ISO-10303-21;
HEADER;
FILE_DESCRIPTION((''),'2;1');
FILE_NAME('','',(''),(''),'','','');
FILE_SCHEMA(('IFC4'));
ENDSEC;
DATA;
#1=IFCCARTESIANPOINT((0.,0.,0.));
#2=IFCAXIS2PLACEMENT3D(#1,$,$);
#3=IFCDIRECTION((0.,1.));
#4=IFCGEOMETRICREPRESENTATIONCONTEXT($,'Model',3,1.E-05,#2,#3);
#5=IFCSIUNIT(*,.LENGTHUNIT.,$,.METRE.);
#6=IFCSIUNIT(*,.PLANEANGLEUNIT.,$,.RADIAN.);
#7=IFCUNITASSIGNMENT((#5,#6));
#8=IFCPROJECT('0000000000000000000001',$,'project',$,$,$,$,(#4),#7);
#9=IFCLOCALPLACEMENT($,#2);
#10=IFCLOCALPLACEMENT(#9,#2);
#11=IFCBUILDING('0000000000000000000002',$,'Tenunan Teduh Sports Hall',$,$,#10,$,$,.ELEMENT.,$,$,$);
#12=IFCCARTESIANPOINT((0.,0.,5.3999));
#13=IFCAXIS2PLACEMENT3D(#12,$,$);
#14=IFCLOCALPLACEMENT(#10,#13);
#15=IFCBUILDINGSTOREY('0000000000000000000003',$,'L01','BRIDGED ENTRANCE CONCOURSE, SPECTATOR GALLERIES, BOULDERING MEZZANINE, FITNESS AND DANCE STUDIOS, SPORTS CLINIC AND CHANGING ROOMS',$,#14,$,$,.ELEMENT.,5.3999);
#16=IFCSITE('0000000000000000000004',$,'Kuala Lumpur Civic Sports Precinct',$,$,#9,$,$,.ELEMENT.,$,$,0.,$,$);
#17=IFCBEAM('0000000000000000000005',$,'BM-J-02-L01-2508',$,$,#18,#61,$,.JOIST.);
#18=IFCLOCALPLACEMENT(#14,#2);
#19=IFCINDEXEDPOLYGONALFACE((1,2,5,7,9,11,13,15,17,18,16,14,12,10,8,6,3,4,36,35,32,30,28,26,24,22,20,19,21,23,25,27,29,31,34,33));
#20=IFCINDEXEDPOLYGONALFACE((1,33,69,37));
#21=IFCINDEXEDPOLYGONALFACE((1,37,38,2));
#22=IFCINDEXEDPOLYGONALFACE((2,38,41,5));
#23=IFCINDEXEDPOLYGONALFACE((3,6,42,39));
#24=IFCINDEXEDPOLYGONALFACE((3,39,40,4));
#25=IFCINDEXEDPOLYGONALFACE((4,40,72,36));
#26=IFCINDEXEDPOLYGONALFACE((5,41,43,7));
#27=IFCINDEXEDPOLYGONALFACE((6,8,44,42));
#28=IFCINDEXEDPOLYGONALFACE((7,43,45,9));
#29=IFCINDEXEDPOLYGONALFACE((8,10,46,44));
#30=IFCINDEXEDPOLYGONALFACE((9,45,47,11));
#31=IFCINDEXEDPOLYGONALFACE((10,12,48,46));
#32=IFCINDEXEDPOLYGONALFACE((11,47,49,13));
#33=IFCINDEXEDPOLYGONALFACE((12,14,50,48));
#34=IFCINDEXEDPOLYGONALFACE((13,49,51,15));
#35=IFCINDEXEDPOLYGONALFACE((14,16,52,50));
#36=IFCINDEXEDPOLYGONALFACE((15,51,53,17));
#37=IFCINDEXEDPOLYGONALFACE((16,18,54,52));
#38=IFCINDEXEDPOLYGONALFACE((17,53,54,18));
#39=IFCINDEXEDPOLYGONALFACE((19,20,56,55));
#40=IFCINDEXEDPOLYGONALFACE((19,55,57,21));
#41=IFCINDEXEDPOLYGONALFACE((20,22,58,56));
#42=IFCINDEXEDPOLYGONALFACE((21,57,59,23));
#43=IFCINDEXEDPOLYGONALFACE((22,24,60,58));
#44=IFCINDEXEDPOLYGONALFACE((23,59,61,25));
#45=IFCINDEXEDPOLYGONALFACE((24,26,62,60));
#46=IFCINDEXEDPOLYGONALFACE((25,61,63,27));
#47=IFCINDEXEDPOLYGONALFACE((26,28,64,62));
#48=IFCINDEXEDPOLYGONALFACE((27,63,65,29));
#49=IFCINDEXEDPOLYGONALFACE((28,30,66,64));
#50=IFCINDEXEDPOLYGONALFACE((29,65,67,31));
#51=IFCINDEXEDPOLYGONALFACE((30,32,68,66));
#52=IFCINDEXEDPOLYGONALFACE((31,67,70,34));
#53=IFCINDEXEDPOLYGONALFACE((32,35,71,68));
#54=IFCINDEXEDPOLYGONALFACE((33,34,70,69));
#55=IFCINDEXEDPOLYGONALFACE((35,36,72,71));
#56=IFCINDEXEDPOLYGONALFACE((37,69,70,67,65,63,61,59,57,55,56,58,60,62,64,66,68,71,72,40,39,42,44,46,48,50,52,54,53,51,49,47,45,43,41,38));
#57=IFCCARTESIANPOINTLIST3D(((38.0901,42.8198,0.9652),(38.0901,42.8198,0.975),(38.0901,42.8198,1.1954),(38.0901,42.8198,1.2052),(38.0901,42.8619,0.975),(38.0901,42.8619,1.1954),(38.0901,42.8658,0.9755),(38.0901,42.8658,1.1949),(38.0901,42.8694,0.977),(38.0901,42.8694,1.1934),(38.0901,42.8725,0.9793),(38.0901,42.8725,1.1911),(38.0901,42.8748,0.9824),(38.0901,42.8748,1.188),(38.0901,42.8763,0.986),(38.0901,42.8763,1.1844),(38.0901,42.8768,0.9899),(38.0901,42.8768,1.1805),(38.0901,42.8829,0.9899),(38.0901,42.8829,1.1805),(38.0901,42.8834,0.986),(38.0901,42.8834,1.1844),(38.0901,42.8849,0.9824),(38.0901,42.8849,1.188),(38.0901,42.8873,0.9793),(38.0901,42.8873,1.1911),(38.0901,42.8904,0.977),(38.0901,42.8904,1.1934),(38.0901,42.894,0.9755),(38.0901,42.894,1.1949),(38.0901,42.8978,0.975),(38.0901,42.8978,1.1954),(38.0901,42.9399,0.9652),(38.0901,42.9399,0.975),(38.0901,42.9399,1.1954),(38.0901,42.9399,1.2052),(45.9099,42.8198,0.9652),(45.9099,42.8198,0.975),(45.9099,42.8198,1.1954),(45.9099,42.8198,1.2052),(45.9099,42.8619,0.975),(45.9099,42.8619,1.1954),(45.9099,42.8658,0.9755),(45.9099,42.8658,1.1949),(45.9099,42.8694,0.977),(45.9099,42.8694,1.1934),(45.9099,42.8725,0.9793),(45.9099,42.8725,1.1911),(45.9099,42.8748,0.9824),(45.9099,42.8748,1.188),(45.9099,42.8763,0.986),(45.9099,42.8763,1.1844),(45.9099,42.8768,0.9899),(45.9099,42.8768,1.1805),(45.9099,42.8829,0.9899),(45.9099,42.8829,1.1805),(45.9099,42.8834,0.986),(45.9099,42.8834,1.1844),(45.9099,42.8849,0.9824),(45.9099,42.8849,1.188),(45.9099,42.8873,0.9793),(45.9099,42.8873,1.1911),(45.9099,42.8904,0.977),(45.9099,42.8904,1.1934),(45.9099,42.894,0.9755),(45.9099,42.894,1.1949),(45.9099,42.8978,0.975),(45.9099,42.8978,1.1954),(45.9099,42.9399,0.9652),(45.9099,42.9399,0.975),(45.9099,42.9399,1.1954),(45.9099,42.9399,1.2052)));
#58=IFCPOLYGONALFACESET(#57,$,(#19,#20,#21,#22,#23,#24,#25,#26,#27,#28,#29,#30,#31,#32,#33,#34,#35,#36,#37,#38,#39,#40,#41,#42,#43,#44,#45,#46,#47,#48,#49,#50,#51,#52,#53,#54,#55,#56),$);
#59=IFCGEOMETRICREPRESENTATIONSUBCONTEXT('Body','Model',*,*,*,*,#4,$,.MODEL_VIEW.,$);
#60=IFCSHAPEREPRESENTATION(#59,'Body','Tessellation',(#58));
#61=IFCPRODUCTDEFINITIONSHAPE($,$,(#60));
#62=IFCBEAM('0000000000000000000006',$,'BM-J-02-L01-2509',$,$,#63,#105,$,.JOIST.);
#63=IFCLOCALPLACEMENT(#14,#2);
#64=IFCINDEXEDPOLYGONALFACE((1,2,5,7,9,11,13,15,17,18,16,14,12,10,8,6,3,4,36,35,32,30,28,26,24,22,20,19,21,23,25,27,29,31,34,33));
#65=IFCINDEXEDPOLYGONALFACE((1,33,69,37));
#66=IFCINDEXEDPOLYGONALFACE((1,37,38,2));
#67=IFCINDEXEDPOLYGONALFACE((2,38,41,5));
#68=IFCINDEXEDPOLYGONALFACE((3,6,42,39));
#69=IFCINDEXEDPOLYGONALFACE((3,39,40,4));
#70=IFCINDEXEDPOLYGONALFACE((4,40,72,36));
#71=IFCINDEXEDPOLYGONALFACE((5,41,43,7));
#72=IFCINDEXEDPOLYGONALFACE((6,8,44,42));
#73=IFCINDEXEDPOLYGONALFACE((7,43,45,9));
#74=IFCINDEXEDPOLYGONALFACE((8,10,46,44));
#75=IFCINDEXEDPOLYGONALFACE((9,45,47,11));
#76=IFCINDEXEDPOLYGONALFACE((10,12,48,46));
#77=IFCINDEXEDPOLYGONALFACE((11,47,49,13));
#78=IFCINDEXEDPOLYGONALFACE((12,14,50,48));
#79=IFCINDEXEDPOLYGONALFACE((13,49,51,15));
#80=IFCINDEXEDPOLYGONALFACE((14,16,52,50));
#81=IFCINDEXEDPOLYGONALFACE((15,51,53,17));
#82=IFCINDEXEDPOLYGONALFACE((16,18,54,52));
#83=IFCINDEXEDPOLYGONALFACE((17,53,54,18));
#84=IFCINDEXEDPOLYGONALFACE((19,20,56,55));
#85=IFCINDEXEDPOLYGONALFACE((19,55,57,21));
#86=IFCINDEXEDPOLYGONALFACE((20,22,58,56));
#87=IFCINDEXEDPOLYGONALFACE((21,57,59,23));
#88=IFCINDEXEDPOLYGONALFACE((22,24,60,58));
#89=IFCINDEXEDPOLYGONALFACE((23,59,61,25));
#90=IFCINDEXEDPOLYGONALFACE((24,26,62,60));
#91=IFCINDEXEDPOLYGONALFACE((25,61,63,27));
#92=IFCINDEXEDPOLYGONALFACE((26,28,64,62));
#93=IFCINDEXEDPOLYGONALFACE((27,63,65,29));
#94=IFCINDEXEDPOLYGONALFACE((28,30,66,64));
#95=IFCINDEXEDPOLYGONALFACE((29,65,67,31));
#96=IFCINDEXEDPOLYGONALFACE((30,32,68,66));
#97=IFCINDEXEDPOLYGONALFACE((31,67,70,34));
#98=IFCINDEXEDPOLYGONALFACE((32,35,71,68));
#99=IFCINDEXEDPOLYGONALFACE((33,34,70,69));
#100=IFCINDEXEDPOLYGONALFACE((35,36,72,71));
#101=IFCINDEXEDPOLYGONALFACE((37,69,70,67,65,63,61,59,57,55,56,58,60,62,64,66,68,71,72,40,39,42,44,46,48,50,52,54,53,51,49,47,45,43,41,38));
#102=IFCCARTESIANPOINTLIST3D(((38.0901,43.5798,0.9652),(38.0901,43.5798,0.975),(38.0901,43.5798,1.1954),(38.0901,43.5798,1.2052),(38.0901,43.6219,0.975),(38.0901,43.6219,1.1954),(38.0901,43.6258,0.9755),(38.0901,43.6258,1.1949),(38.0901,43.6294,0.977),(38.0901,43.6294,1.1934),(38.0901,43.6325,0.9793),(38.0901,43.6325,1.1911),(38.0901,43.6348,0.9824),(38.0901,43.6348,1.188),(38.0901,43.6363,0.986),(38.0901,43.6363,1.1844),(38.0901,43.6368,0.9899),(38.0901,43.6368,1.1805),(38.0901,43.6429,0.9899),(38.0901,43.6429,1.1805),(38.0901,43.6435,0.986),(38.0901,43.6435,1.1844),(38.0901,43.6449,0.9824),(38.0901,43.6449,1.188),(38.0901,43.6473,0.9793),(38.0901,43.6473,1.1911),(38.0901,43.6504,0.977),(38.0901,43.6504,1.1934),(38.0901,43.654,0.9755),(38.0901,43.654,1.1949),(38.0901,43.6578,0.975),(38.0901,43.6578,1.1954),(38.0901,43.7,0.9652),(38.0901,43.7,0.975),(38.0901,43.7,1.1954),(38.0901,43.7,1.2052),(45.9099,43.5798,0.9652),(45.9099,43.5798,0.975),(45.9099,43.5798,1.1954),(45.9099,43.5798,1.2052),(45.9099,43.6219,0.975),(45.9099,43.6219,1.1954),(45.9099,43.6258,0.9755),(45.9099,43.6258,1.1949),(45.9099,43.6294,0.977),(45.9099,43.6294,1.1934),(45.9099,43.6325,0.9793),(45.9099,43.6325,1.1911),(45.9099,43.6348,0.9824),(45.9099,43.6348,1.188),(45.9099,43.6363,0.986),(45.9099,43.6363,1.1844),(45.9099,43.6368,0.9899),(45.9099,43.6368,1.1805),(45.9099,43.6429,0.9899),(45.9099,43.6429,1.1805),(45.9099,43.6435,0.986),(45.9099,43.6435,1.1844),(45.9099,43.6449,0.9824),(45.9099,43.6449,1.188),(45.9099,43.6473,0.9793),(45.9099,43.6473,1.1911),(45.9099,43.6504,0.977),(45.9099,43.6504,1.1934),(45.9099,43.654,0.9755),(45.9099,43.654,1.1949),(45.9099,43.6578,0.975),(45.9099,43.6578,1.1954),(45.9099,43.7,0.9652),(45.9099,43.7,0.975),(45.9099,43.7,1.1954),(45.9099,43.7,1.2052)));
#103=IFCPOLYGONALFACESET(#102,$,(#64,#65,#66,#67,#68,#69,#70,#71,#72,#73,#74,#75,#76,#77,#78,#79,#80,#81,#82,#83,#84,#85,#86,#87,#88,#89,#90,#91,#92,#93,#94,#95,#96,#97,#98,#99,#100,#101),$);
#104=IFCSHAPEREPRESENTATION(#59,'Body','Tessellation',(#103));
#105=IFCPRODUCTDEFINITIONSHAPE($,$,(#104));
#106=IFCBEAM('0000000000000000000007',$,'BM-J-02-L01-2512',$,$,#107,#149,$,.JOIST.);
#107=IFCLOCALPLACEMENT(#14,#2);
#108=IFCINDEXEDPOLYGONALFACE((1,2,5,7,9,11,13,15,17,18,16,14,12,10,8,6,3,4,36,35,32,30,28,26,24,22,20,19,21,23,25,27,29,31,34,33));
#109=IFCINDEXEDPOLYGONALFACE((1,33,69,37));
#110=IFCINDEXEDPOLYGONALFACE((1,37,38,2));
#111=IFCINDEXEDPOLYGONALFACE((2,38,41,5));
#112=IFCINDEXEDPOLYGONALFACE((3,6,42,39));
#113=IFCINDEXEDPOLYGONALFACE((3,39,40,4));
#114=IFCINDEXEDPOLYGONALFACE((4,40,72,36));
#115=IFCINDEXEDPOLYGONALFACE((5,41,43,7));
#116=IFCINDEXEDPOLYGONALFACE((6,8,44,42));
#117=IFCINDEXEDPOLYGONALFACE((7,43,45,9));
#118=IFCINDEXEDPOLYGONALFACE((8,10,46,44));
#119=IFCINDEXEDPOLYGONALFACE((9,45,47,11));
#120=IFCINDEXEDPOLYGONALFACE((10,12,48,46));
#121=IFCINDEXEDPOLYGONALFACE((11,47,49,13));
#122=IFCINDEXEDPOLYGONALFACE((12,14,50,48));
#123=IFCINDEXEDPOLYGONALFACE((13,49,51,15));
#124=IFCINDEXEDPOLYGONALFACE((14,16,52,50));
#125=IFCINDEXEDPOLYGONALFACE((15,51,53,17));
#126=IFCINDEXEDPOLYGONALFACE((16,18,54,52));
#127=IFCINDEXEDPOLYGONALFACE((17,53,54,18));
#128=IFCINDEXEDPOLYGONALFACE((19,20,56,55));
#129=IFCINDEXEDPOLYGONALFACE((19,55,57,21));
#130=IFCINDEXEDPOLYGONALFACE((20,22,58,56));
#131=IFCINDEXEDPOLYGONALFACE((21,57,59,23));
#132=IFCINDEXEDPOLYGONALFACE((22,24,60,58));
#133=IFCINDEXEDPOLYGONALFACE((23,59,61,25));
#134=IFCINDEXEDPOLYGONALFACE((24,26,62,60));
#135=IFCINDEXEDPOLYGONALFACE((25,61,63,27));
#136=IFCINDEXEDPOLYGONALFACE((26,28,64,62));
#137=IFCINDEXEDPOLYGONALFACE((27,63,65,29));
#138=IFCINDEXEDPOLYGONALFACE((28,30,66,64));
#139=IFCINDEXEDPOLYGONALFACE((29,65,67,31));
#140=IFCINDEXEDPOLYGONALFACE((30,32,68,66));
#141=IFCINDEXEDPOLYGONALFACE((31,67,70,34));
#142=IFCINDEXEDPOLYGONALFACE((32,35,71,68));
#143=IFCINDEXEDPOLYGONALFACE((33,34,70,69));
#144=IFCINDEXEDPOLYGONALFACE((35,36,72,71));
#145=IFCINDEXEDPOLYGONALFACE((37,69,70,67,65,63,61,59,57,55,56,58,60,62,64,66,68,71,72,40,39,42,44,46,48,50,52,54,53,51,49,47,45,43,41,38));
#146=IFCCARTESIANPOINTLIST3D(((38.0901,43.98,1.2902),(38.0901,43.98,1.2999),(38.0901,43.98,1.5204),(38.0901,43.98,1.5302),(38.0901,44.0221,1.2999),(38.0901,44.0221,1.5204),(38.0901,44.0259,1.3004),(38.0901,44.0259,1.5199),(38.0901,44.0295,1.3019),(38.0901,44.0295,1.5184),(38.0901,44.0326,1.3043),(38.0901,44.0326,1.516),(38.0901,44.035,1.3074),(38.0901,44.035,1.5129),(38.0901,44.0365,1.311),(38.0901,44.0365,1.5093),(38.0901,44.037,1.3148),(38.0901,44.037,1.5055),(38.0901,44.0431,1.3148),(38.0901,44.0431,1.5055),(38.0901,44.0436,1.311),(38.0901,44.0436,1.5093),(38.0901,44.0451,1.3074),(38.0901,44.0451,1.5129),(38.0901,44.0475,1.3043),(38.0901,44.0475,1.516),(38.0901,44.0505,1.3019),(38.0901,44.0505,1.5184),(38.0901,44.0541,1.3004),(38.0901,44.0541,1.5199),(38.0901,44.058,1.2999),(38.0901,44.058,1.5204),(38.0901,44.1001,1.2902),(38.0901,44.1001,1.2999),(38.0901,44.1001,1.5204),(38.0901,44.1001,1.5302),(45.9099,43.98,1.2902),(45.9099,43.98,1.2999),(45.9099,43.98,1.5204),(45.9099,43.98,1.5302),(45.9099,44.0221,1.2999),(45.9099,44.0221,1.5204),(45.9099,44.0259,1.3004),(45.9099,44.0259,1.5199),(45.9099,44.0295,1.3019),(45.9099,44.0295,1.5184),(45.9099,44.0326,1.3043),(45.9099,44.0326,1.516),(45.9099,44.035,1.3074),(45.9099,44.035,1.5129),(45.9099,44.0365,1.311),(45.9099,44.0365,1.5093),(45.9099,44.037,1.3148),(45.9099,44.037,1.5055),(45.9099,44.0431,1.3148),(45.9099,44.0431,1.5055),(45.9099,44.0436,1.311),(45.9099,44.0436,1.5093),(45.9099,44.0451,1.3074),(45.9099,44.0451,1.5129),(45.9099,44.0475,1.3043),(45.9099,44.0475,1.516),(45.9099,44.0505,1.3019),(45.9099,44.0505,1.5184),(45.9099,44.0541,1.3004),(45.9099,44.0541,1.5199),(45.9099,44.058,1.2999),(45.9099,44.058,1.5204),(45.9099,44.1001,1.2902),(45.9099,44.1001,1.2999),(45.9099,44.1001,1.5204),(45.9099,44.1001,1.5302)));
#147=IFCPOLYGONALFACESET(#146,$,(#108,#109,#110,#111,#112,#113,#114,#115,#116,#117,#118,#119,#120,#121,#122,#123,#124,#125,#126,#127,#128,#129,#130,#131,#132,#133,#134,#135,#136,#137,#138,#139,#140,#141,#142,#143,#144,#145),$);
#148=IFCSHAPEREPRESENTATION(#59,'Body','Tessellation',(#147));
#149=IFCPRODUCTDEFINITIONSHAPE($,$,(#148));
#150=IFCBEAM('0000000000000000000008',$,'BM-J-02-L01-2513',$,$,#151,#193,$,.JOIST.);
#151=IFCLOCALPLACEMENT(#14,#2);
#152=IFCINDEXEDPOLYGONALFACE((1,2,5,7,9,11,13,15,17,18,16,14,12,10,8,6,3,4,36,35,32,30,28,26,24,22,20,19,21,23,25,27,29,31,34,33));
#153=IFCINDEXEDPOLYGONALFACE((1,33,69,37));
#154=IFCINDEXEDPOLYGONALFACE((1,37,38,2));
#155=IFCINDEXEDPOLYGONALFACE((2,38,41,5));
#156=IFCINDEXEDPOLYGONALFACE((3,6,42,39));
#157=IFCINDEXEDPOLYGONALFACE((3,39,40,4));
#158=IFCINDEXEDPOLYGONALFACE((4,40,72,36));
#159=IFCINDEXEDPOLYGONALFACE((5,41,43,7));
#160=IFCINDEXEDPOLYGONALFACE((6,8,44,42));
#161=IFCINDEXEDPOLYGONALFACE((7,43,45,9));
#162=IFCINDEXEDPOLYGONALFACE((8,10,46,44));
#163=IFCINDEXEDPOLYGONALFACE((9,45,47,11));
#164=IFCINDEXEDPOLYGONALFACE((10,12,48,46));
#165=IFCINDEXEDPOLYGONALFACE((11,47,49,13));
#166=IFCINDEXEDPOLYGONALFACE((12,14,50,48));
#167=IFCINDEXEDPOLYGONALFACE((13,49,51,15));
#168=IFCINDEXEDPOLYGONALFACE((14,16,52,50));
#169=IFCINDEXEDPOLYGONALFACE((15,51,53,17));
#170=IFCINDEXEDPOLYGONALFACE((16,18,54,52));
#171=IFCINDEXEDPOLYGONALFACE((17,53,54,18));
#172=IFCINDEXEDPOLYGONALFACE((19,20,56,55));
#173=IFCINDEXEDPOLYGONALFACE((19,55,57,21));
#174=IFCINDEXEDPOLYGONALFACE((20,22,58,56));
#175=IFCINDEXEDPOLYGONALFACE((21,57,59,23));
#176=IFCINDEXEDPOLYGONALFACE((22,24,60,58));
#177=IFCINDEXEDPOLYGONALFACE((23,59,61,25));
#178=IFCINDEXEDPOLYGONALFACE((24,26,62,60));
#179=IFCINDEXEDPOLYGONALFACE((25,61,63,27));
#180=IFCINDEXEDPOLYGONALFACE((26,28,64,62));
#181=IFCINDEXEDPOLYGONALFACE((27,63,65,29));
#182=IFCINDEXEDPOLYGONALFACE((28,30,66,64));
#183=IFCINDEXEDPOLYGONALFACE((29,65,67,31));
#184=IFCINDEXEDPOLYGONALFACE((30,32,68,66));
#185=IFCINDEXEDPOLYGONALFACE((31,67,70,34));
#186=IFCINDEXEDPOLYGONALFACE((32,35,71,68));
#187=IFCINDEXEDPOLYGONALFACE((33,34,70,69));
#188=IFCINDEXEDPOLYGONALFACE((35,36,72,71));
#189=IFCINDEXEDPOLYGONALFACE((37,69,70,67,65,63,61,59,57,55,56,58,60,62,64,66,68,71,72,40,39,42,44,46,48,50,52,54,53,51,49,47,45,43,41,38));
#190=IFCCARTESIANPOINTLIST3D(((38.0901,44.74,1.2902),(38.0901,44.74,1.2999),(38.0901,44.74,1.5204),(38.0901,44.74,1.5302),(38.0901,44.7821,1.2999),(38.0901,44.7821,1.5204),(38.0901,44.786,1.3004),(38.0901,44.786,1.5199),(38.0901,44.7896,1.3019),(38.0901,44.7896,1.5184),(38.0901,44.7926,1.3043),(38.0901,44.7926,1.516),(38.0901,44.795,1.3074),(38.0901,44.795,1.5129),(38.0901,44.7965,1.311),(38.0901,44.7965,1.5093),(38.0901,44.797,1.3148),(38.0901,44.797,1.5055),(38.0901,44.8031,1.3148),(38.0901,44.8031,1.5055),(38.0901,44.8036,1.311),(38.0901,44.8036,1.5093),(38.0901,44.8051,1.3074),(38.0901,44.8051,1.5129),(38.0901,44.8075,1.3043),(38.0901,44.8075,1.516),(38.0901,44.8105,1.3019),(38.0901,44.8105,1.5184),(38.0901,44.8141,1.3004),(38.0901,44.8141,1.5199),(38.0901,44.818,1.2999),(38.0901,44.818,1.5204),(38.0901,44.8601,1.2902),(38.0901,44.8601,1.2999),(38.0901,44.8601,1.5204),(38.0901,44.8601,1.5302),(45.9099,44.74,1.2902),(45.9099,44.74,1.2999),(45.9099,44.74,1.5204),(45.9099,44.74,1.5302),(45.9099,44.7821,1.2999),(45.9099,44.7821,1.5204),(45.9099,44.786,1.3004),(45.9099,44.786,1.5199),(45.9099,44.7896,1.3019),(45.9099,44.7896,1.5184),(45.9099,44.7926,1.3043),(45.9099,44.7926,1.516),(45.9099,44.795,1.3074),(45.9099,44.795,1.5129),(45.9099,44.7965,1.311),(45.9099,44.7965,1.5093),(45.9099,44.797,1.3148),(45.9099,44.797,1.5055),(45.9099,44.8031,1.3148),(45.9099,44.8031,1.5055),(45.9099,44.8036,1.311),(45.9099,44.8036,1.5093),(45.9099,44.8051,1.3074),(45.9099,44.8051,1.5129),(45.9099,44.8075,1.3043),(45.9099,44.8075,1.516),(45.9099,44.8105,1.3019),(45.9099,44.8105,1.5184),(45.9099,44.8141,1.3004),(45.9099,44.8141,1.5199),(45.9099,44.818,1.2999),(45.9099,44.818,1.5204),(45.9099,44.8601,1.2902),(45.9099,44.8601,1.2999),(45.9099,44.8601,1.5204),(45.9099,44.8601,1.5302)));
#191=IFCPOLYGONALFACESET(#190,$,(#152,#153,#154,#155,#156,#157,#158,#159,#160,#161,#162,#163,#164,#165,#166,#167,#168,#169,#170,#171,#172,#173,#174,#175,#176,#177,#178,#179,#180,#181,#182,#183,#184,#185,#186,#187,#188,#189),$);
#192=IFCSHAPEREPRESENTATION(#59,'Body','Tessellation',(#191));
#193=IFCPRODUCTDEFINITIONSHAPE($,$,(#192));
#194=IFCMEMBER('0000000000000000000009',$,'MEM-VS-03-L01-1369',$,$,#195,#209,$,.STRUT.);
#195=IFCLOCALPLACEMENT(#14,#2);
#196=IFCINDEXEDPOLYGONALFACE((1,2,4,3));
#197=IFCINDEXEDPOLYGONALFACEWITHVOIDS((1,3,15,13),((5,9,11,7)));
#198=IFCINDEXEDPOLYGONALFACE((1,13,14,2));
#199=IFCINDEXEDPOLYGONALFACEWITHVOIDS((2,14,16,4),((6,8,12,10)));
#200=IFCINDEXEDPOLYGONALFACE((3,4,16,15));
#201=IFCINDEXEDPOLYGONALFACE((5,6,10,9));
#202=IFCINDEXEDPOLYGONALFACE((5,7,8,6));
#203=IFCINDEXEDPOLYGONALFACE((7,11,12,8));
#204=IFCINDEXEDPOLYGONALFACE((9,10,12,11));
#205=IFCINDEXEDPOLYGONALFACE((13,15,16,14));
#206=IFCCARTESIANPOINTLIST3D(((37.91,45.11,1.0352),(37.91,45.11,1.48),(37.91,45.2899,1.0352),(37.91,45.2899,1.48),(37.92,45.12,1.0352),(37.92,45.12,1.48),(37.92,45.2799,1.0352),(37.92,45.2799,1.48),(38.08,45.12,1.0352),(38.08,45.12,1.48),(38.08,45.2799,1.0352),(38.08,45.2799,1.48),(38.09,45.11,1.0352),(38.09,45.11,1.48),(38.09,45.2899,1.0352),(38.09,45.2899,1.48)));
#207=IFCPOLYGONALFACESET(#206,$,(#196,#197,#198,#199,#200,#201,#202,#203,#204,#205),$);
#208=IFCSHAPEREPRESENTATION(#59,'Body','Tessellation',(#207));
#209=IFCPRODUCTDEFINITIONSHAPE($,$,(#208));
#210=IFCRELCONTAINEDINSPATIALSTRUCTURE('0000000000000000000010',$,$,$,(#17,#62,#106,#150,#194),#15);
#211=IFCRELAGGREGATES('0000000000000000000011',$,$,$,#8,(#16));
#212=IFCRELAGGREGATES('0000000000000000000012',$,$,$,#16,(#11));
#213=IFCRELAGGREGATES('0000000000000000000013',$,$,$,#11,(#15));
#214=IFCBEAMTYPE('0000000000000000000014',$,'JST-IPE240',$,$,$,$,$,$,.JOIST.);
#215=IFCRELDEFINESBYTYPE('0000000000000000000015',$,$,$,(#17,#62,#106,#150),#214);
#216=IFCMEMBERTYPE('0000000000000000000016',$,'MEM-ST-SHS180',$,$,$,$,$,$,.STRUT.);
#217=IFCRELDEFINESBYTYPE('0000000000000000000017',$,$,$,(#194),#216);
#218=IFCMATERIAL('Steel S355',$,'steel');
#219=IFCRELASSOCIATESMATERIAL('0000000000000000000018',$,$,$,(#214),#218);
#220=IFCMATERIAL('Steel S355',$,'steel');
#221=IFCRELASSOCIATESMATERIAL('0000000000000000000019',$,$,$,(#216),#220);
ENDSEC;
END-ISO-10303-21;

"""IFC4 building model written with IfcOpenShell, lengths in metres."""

from ifc_helpers import new_model, si_unit, direction, frame, origin, origin_2d, place, context, subcontext, project, spatial, hollow_rectangle, i_section, extrude, material, material_profile, profile_set, type_object, element, save


model = new_model("IFC4")

# Units and contexts
model_context = context("Model", 3, precision=1e-05, world=origin(), true_north=direction((0.0, 1.0)))
body_context = subcontext(model_context, "Body", "Model", "MODEL_VIEW")
ifc_project = project(units=[si_unit("LENGTHUNIT", "METRE"), si_unit("PLANEANGLEUNIT", "RADIAN")], contexts=[model_context])

# Site, building, storey
site_placement = place(None, origin())
site = spatial("IfcSite", under=ifc_project, at=site_placement, Name="Kuala Lumpur Civic Sports Precinct", CompositionType="ELEMENT", RefElevation=0.0)
building_placement = place(site_placement, origin())
building = spatial("IfcBuilding", under=site, at=building_placement, Name="Tenunan Teduh Sports Hall", CompositionType="ELEMENT")
storey_placement = place(building_placement, frame((0.0, 0.0, 5.3999)))
storey = spatial("IfcBuildingStorey", under=building, at=storey_placement, Name="L01", Description="BRIDGED ENTRANCE CONCOURSE, SPECTATOR GALLERIES, BOULDERING MEZZANINE, FITNESS AND DANCE STUDIOS, SPORTS CLINIC AND CHANGING ROOMS", CompositionType="ELEMENT", Elevation=5.3999)

# Beams
ifc_material_1 = material(Name="Steel S355", Category="steel")
ifc_material_profile_1 = material_profile(ifc_material_1, i_section(OverallWidth=0.1201, OverallDepth=0.24, WebThickness=0.0061, FlangeThickness=0.0098, FilletRadius=0.0149, at=origin_2d()), Name="IPE 240")
ifc_profile_set_1 = profile_set([ifc_material_profile_1], Name="Steel S355")
beam_type_1 = type_object("IfcBeamType", Name="JST-IPE240", PredefinedType="JOIST", material=ifc_profile_set_1)
for number, where, z_axis, x_axis, name in (
    (1, (38.0901, 42.8799, 1.0852), (1.0, 0.0, 0.0), (0.0, 1.0, 0.0), "BM-J-02-L01-2508"),
    (2, (38.0901, 43.6399, 1.0852), (1.0, 0.0, 0.0), (0.0, 1.0, 0.0), "BM-J-02-L01-2509"),
    (3, (38.0901, 44.04, 1.4102), (1.0, 0.0, 0.0), (0.0, 1.0, 0.0), "BM-J-02-L01-2512"),
    (4, (38.0901, 44.8, 1.4102), (1.0, 0.0, 0.0), (0.0, 1.0, 0.0), "BM-J-02-L01-2513"),
):
    element("IfcBeam", number, at=place(storey_placement, frame(where, z_axis=z_axis, x_axis=x_axis)), inside=storey, type_object=beam_type_1, Name=name, PredefinedType="JOIST", context=body_context, shape_type="SweptSolid", body=[
        extrude(i_section(OverallWidth=0.1201, OverallDepth=0.24, WebThickness=0.0061, FlangeThickness=0.0098, FilletRadius=0.0149, at=origin_2d()), origin(), (0.0, 0.0, 1.0), 7.8198),
    ])

# Member
ifc_material_2 = material(Name="Steel S355", Category="steel")
ifc_material_profile_2 = material_profile(ifc_material_2, hollow_rectangle(XDim=0.1799, YDim=0.1799, WallThickness=0.01, at=origin_2d()), Name="SHS 180x180x10.0")
ifc_profile_set_2 = profile_set([ifc_material_profile_2], Name="Steel S355")
member_type_1 = type_object("IfcMemberType", Name="MEM-ST-SHS180", PredefinedType="STRUT", material=ifc_profile_set_2)
member_1_placement = place(storey_placement, frame((38.0, 45.2, 1.0352), z_axis=(0.0, 0.0, 1.0), x_axis=(1.0, 0.0, 0.0)))
element("IfcMember", 5, at=member_1_placement, inside=storey, type_object=member_type_1, Name="MEM-VS-03-L01-1369", PredefinedType="STRUT", context=body_context, shape_type="SweptSolid", body=[
    extrude(hollow_rectangle(XDim=0.1799, YDim=0.1799, WallThickness=0.01, at=origin_2d()), origin(), (0.0, 0.0, 1.0), 0.4448),
])

save(model, "model.ifc")
